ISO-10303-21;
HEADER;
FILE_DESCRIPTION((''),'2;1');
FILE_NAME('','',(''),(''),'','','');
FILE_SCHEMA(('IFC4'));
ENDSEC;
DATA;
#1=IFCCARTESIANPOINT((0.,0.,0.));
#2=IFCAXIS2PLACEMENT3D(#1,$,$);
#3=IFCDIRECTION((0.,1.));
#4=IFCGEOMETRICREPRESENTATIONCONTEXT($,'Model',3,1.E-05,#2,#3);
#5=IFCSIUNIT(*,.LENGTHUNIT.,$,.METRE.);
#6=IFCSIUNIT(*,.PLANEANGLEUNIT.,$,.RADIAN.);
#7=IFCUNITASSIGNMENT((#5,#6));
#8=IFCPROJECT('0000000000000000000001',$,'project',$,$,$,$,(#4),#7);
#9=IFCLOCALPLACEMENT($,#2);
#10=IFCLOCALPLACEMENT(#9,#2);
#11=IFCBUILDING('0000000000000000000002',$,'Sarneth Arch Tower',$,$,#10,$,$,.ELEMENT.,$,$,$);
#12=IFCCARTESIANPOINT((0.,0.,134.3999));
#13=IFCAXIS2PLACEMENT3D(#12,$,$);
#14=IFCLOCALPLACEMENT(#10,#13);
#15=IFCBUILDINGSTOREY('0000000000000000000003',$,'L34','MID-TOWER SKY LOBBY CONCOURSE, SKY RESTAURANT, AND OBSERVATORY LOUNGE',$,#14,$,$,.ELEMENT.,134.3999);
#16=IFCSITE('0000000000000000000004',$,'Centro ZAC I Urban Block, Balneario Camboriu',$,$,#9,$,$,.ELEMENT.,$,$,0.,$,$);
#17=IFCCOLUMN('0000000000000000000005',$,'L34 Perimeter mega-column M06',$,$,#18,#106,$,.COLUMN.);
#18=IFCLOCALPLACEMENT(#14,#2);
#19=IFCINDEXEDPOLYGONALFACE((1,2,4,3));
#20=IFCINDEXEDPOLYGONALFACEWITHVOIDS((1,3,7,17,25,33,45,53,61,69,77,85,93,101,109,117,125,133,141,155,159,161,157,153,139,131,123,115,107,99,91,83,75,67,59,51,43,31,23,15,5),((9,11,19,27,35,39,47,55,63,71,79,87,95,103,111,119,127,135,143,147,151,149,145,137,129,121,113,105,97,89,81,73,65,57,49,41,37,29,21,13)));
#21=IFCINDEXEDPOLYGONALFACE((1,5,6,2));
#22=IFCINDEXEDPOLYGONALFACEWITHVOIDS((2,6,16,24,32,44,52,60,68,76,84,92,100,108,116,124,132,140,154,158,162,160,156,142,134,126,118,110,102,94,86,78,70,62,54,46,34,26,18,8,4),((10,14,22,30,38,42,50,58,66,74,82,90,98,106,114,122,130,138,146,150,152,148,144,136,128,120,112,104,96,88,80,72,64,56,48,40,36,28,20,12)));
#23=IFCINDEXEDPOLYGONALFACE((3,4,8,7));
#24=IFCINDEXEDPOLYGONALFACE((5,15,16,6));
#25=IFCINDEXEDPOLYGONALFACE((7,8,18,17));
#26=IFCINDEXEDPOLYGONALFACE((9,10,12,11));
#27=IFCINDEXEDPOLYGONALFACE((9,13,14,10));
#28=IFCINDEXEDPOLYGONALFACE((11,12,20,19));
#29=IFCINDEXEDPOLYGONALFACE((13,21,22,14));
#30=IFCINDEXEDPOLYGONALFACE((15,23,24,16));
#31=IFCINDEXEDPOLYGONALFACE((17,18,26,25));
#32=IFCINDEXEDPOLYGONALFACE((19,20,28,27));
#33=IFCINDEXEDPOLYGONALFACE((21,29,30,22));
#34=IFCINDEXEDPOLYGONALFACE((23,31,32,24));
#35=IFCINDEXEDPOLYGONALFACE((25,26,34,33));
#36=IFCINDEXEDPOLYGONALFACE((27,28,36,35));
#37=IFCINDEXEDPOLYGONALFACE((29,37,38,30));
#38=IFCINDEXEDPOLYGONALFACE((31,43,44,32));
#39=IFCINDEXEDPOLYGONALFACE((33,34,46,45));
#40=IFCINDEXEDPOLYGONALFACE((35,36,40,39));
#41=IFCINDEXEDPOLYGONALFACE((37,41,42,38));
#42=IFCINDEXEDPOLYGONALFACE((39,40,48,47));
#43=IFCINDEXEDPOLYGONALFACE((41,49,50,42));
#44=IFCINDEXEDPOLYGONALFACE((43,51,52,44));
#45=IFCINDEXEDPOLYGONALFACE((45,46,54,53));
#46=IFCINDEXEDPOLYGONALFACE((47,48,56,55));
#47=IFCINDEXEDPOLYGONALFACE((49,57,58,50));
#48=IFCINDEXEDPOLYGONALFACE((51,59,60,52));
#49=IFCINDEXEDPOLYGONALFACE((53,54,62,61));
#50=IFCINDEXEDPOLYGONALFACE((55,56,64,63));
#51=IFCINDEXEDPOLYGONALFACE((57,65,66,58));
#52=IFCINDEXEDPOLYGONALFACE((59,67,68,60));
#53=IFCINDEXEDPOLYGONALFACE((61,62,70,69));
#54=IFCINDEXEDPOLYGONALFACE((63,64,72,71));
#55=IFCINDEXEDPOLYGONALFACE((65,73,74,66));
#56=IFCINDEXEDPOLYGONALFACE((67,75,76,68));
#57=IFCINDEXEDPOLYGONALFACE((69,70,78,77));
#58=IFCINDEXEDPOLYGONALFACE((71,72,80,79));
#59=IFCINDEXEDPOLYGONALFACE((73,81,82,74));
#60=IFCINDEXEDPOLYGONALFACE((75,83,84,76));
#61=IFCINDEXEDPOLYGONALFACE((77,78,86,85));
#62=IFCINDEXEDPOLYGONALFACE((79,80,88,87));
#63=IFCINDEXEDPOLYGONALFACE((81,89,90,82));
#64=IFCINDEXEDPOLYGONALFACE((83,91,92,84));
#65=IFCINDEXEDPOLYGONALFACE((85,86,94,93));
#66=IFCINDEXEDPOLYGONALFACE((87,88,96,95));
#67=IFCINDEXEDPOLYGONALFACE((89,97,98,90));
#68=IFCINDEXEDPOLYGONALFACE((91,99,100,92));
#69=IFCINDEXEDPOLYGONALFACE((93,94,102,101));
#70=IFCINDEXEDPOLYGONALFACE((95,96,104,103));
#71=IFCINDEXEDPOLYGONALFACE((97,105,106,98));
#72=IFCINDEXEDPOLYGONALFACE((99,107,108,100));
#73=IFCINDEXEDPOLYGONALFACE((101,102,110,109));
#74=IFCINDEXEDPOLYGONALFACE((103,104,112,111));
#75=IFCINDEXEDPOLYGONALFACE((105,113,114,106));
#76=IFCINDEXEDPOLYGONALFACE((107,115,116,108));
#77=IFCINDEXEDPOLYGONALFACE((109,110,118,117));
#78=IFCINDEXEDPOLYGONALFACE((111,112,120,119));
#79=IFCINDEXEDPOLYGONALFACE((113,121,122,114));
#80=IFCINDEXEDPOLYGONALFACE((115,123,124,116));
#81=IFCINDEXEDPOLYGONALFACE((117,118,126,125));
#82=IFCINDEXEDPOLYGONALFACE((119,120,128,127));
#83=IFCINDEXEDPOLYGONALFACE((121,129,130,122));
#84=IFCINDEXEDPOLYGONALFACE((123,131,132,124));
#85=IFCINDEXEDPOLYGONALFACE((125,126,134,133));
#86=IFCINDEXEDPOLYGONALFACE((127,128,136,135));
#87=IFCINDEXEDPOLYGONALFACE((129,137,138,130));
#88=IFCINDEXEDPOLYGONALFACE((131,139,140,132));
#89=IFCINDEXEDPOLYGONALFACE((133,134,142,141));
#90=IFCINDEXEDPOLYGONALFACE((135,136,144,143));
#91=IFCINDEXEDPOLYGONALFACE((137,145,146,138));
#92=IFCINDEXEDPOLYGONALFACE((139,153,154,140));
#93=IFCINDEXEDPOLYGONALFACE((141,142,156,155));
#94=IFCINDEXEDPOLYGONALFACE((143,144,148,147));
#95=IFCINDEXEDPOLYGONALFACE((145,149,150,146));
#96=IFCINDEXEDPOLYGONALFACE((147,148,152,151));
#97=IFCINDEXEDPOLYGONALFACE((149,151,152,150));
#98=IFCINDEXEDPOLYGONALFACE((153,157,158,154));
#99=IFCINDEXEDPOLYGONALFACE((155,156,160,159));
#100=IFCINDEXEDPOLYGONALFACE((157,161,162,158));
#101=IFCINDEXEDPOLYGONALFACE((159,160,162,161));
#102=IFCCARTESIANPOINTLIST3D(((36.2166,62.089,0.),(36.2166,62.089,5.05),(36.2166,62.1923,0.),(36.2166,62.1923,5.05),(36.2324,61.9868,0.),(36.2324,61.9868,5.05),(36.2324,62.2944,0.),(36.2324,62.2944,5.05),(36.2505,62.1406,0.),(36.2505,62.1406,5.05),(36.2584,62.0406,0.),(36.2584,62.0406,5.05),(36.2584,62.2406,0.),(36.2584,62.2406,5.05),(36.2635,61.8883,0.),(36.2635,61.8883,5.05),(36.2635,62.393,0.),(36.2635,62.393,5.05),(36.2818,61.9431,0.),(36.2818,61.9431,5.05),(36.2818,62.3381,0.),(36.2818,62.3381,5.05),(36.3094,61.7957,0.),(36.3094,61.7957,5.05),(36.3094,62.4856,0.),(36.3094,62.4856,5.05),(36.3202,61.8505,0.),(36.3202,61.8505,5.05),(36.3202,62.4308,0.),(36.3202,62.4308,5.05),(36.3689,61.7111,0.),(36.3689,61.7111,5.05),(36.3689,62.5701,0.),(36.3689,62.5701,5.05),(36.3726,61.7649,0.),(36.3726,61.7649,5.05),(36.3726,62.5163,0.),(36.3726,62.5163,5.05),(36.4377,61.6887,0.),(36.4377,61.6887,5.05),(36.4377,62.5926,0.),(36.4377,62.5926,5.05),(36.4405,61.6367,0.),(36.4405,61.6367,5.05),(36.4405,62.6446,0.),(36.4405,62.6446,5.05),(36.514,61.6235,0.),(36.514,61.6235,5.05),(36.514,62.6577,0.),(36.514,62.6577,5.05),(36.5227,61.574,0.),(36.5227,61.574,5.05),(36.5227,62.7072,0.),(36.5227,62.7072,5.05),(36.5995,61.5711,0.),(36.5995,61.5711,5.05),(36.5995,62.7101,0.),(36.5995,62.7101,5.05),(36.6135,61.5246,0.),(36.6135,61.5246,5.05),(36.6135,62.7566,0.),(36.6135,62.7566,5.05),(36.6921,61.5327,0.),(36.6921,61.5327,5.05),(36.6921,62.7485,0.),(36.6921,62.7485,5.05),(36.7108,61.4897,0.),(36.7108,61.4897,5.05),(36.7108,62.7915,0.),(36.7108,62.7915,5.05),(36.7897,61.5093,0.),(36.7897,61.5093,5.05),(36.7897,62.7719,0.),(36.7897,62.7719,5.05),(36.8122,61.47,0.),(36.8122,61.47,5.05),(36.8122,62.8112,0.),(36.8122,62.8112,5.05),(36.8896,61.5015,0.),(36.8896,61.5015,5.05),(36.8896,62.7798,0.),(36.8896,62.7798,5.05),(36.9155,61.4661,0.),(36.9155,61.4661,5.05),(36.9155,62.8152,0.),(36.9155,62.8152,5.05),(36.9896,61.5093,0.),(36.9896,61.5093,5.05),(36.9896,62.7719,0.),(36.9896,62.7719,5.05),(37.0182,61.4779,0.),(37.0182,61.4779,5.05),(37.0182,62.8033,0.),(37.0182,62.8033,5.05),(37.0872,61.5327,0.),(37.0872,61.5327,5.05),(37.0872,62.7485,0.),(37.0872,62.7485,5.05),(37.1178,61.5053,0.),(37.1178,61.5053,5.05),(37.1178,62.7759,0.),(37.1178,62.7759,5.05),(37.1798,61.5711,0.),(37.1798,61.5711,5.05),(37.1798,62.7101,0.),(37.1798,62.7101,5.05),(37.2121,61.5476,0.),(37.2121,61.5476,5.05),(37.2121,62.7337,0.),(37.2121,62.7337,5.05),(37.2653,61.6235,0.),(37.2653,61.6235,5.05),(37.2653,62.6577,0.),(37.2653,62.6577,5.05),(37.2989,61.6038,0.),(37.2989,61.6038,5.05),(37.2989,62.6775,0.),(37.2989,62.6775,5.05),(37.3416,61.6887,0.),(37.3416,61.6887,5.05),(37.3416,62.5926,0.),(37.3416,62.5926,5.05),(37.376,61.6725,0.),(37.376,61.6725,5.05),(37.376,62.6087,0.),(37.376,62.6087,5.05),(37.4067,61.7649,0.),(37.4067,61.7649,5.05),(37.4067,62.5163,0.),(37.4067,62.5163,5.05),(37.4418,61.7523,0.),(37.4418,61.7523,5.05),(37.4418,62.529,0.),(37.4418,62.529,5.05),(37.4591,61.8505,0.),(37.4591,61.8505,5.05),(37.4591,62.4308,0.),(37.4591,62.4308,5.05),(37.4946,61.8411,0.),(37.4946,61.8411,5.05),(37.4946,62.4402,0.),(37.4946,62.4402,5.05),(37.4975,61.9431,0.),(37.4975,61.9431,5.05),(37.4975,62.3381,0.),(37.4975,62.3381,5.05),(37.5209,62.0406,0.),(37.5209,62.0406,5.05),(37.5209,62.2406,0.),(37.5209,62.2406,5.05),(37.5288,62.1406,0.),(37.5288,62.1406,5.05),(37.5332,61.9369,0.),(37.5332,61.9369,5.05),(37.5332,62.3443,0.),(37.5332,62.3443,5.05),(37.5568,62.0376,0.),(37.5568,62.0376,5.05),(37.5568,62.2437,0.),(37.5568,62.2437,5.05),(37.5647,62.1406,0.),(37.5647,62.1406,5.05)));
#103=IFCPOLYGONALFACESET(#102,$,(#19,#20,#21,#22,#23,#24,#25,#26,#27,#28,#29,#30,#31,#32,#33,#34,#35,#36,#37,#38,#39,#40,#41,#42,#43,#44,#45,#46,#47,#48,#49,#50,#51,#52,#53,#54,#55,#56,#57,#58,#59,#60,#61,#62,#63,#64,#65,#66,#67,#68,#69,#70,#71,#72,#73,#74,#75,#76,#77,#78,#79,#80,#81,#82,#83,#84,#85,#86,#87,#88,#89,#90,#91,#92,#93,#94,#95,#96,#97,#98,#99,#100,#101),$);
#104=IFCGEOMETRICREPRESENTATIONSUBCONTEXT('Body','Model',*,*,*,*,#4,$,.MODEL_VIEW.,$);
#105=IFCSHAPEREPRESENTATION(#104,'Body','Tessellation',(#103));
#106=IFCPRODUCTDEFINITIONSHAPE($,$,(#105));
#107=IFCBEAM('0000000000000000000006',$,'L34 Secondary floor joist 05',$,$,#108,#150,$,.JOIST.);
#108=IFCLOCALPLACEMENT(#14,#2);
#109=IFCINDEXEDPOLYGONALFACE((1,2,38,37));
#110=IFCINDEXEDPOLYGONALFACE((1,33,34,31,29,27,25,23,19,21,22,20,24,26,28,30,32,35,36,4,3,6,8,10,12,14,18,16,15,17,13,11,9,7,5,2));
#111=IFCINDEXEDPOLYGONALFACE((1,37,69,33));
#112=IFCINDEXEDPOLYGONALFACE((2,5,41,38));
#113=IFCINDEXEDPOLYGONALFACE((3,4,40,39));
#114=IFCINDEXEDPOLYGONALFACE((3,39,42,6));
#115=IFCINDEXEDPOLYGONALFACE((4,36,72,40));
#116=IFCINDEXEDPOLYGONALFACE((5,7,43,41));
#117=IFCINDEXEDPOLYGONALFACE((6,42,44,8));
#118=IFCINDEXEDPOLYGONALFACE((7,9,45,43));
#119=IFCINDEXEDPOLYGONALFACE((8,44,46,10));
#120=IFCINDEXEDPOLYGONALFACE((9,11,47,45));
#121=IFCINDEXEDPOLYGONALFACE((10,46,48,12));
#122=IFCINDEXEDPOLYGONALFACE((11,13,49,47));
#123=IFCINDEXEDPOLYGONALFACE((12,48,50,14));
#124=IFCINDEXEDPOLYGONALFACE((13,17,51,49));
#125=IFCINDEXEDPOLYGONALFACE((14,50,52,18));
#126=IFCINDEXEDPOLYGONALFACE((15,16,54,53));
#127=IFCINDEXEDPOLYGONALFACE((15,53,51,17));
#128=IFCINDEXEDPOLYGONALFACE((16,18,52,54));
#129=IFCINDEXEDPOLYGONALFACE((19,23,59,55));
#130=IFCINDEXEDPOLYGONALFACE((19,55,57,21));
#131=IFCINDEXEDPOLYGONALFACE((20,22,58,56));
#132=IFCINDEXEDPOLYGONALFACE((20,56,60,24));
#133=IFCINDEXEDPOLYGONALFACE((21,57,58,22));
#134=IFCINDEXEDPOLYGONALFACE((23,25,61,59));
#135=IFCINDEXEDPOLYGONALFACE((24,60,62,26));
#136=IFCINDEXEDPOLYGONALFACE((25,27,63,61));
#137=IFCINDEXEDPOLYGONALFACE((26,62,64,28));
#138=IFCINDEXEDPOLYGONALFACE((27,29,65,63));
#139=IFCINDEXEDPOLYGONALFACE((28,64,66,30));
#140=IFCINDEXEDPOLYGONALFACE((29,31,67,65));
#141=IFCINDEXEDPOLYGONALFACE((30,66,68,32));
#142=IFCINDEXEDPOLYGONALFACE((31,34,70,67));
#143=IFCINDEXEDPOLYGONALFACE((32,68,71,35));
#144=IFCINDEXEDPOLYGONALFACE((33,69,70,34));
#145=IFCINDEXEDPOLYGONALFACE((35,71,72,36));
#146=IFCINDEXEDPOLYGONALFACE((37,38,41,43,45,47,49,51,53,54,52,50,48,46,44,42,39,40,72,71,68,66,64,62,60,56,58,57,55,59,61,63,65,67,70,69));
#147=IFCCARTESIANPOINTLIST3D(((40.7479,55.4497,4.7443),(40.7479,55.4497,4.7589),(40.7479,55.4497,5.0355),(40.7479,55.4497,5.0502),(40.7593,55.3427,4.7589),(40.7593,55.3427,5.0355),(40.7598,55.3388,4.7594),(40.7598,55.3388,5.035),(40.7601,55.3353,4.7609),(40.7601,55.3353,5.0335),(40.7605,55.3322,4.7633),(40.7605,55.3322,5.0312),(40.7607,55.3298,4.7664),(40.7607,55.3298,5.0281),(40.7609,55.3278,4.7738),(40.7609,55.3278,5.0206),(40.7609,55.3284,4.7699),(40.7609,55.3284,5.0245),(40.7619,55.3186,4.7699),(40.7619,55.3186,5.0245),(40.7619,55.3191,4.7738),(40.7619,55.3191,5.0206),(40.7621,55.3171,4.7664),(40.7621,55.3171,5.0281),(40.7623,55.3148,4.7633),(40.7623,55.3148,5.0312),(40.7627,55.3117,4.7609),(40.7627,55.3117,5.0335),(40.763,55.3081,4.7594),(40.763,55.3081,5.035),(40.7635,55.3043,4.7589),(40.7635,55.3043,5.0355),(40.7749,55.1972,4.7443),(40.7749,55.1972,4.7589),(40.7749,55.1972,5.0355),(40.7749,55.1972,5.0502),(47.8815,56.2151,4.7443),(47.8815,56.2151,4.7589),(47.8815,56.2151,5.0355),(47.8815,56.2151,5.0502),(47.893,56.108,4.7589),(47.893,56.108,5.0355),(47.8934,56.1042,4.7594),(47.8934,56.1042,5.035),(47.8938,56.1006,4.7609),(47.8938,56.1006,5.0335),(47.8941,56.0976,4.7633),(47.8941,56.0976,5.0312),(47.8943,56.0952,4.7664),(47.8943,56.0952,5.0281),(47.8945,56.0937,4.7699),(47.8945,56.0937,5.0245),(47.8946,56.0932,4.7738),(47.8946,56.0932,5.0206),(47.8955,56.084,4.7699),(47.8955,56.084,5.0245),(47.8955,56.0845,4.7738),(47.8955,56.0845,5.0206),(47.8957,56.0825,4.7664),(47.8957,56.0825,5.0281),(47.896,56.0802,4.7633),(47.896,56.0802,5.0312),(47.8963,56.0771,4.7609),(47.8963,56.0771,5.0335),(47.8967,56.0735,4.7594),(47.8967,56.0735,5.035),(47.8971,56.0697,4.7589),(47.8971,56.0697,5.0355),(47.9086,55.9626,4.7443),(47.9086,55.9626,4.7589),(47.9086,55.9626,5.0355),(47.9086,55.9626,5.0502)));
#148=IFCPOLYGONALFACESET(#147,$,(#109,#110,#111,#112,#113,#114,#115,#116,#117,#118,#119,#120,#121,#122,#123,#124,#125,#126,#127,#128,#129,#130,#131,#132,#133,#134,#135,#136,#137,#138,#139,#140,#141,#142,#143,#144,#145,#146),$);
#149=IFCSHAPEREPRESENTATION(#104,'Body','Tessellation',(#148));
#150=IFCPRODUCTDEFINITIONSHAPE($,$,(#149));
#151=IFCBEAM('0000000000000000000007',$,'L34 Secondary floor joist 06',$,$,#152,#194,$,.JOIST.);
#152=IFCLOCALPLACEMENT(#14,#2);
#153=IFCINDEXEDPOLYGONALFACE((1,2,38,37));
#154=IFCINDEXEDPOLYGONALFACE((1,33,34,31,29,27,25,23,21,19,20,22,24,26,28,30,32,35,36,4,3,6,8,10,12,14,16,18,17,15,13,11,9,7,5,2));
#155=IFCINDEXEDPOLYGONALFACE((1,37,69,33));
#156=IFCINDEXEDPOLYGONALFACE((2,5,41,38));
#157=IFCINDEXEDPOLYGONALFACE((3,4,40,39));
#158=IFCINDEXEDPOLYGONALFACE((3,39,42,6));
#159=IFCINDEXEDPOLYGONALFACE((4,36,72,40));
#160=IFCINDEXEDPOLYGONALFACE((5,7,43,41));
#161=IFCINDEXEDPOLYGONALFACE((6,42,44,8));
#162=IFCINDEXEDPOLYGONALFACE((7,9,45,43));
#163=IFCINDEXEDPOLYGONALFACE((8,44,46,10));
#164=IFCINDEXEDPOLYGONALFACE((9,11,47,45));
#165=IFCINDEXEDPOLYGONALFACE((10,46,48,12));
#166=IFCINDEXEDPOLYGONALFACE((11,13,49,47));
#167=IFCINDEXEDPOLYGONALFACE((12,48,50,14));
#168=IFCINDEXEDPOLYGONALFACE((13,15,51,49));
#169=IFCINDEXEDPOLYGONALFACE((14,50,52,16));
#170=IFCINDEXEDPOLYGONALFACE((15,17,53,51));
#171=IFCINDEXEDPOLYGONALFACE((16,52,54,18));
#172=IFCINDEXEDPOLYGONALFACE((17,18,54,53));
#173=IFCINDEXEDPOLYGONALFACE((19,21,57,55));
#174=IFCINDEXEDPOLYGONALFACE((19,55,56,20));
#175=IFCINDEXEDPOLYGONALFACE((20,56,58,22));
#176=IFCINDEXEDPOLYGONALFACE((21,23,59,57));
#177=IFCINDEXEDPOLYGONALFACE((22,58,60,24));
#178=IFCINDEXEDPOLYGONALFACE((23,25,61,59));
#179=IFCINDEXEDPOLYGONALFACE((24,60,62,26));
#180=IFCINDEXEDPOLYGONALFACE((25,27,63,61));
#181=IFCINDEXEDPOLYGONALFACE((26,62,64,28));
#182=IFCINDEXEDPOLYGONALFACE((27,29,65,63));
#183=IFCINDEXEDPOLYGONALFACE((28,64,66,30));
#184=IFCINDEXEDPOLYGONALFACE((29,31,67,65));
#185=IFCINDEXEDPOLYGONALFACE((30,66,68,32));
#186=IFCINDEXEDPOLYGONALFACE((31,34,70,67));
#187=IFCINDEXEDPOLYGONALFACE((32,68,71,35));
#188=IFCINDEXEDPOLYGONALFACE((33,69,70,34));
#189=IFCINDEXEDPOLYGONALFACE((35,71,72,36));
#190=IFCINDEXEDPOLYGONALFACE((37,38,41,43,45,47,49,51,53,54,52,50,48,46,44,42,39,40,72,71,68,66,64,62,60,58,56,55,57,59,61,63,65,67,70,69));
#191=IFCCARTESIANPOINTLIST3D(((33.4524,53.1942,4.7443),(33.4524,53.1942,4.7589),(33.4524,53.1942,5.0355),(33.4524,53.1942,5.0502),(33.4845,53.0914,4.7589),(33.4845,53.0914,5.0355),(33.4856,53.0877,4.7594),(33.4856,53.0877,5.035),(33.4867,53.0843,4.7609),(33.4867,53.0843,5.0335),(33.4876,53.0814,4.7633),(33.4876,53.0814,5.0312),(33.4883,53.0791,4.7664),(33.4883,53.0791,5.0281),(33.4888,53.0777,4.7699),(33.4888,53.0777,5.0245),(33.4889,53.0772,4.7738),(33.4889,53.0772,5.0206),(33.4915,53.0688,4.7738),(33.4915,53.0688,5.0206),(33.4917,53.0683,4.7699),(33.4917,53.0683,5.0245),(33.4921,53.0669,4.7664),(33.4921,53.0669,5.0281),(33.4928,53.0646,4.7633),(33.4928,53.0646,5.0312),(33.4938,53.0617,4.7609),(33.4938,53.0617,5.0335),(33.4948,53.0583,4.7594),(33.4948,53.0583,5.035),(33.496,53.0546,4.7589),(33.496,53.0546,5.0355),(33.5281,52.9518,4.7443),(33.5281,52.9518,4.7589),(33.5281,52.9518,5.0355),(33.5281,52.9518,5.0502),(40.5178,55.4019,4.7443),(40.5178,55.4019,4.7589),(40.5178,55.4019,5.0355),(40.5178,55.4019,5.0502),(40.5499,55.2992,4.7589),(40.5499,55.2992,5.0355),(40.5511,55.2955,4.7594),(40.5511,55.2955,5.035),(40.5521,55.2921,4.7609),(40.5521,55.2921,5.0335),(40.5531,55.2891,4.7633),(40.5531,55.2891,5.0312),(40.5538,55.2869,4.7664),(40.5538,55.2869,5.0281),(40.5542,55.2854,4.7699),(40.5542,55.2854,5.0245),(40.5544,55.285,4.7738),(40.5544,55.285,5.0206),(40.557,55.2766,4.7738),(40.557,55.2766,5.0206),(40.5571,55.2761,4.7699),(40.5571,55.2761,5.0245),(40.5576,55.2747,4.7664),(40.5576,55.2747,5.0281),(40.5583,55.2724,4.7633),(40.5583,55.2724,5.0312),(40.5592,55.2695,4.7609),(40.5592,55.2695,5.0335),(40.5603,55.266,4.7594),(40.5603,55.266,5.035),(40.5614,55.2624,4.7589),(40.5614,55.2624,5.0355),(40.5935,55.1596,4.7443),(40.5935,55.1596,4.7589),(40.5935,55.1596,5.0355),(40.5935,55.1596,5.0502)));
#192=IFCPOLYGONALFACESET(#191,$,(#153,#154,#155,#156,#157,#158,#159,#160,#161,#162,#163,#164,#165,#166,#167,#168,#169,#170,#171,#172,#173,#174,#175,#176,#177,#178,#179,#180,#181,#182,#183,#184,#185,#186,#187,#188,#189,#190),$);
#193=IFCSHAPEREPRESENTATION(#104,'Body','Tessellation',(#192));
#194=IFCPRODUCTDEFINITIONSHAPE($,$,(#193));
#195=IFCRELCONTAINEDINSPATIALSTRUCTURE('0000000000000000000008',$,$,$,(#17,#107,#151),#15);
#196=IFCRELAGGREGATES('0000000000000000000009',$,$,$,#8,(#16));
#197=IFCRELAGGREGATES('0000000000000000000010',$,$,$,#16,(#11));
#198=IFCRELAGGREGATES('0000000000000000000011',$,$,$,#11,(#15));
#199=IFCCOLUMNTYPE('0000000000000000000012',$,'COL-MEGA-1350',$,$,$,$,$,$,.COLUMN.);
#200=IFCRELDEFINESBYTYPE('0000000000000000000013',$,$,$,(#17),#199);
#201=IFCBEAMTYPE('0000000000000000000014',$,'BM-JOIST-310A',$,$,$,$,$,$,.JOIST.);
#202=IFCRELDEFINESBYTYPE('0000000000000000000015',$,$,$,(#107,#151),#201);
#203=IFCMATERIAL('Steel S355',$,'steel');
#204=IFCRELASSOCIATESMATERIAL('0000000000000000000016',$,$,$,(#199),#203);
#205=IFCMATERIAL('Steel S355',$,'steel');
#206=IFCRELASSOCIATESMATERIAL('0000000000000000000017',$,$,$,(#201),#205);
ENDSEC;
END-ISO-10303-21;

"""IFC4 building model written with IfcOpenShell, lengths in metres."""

from ifc_helpers import new_model, si_unit, direction, frame, origin, origin_2d, place, context, subcontext, project, spatial, hollow_circle, i_section, extrude, material, material_profile, profile_set, type_object, element, save


model = new_model("IFC4")

# Units and contexts
model_context = context("Model", 3, precision=1e-05, world=origin(), true_north=direction((0.0, 1.0)))
body_context = subcontext(model_context, "Body", "Model", "MODEL_VIEW")
ifc_project = project(units=[si_unit("LENGTHUNIT", "METRE"), si_unit("PLANEANGLEUNIT", "RADIAN")], contexts=[model_context])

# Site, building, storey
site_placement = place(None, origin())
site = spatial("IfcSite", under=ifc_project, at=site_placement, Name="Centro ZAC I Urban Block, Balneario Camboriu", CompositionType="ELEMENT", RefElevation=0.0)
building_placement = place(site_placement, origin())
building = spatial("IfcBuilding", under=site, at=building_placement, Name="Sarneth Arch Tower", CompositionType="ELEMENT")
storey_placement = place(building_placement, frame((0.0, 0.0, 134.3999)))
storey = spatial("IfcBuildingStorey", under=building, at=storey_placement, Name="L34", Description="MID-TOWER SKY LOBBY CONCOURSE, SKY RESTAURANT, AND OBSERVATORY LOUNGE", CompositionType="ELEMENT", Elevation=134.3999)

# Column
ifc_material_1 = material(Name="Steel S355", Category="steel")
ifc_material_profile_1 = material_profile(ifc_material_1, hollow_circle(Radius=0.675, WallThickness=0.0359, at=origin_2d()), Name="CHS1350x36")
ifc_profile_set_1 = profile_set([ifc_material_profile_1], Name="Steel S355")
column_type = type_object("IfcColumnType", Name="COL-MEGA-1350", PredefinedType="COLUMN", material=ifc_profile_set_1)
column_placement = place(storey_placement, frame((36.8896, 62.1406, 0.0), z_axis=(0.0, 0.0, 1.0), x_axis=(1.0, 0.0, 0.0)))
element("IfcColumn", 1, at=column_placement, inside=storey, type_object=column_type, Name="L34 Perimeter mega-column M06", PredefinedType="COLUMN", context=body_context, shape_type="SweptSolid", body=[
    extrude(hollow_circle(Radius=0.675, WallThickness=0.0359, at=origin_2d()), origin(), (0.0, 0.0, 1.0), 5.05),
])

# Beams
ifc_material_2 = material(Name="Steel S355", Category="steel")
ifc_material_profile_2 = material_profile(ifc_material_2, i_section(OverallWidth=0.2539, OverallDepth=0.3059, WebThickness=0.0088, FlangeThickness=0.0146, FilletRadius=0.0149, at=origin_2d()), Name="W310x79")
ifc_profile_set_2 = profile_set([ifc_material_profile_2], Name="Steel S355")
beam_type_1 = type_object("IfcBeamType", Name="BM-JOIST-310A", PredefinedType="JOIST", material=ifc_profile_set_2)
beam_1_placement = place(storey_placement, frame((47.895, 56.0889, 4.8972), z_axis=(-0.994293, -0.106681, 0.0), x_axis=(0.106681, -0.994293, 0.0)))
element("IfcBeam", 2, at=beam_1_placement, inside=storey, type_object=beam_type_1, Name="L34 Secondary floor joist 05", PredefinedType="JOIST", context=body_context, shape_type="SweptSolid", body=[
    extrude(i_section(OverallWidth=0.2539, OverallDepth=0.3059, WebThickness=0.0088, FlangeThickness=0.0146, FilletRadius=0.0149, at=origin_2d()), origin(), (0.0, 0.0, 1.0), 7.1746),
])
beam_2_placement = place(storey_placement, frame((40.5557, 55.2808, 4.8972), z_axis=(-0.954487, -0.298252, 0.0), x_axis=(0.298252, -0.954487, 0.0)))
element("IfcBeam", 3, at=beam_2_placement, inside=storey, type_object=beam_type_1, Name="L34 Secondary floor joist 06", PredefinedType="JOIST", context=body_context, shape_type="SweptSolid", body=[
    extrude(i_section(OverallWidth=0.2539, OverallDepth=0.3059, WebThickness=0.0088, FlangeThickness=0.0146, FilletRadius=0.0149, at=origin_2d()), origin(), (0.0, 0.0, 1.0), 7.4023),
])

save(model, "model.ifc")
